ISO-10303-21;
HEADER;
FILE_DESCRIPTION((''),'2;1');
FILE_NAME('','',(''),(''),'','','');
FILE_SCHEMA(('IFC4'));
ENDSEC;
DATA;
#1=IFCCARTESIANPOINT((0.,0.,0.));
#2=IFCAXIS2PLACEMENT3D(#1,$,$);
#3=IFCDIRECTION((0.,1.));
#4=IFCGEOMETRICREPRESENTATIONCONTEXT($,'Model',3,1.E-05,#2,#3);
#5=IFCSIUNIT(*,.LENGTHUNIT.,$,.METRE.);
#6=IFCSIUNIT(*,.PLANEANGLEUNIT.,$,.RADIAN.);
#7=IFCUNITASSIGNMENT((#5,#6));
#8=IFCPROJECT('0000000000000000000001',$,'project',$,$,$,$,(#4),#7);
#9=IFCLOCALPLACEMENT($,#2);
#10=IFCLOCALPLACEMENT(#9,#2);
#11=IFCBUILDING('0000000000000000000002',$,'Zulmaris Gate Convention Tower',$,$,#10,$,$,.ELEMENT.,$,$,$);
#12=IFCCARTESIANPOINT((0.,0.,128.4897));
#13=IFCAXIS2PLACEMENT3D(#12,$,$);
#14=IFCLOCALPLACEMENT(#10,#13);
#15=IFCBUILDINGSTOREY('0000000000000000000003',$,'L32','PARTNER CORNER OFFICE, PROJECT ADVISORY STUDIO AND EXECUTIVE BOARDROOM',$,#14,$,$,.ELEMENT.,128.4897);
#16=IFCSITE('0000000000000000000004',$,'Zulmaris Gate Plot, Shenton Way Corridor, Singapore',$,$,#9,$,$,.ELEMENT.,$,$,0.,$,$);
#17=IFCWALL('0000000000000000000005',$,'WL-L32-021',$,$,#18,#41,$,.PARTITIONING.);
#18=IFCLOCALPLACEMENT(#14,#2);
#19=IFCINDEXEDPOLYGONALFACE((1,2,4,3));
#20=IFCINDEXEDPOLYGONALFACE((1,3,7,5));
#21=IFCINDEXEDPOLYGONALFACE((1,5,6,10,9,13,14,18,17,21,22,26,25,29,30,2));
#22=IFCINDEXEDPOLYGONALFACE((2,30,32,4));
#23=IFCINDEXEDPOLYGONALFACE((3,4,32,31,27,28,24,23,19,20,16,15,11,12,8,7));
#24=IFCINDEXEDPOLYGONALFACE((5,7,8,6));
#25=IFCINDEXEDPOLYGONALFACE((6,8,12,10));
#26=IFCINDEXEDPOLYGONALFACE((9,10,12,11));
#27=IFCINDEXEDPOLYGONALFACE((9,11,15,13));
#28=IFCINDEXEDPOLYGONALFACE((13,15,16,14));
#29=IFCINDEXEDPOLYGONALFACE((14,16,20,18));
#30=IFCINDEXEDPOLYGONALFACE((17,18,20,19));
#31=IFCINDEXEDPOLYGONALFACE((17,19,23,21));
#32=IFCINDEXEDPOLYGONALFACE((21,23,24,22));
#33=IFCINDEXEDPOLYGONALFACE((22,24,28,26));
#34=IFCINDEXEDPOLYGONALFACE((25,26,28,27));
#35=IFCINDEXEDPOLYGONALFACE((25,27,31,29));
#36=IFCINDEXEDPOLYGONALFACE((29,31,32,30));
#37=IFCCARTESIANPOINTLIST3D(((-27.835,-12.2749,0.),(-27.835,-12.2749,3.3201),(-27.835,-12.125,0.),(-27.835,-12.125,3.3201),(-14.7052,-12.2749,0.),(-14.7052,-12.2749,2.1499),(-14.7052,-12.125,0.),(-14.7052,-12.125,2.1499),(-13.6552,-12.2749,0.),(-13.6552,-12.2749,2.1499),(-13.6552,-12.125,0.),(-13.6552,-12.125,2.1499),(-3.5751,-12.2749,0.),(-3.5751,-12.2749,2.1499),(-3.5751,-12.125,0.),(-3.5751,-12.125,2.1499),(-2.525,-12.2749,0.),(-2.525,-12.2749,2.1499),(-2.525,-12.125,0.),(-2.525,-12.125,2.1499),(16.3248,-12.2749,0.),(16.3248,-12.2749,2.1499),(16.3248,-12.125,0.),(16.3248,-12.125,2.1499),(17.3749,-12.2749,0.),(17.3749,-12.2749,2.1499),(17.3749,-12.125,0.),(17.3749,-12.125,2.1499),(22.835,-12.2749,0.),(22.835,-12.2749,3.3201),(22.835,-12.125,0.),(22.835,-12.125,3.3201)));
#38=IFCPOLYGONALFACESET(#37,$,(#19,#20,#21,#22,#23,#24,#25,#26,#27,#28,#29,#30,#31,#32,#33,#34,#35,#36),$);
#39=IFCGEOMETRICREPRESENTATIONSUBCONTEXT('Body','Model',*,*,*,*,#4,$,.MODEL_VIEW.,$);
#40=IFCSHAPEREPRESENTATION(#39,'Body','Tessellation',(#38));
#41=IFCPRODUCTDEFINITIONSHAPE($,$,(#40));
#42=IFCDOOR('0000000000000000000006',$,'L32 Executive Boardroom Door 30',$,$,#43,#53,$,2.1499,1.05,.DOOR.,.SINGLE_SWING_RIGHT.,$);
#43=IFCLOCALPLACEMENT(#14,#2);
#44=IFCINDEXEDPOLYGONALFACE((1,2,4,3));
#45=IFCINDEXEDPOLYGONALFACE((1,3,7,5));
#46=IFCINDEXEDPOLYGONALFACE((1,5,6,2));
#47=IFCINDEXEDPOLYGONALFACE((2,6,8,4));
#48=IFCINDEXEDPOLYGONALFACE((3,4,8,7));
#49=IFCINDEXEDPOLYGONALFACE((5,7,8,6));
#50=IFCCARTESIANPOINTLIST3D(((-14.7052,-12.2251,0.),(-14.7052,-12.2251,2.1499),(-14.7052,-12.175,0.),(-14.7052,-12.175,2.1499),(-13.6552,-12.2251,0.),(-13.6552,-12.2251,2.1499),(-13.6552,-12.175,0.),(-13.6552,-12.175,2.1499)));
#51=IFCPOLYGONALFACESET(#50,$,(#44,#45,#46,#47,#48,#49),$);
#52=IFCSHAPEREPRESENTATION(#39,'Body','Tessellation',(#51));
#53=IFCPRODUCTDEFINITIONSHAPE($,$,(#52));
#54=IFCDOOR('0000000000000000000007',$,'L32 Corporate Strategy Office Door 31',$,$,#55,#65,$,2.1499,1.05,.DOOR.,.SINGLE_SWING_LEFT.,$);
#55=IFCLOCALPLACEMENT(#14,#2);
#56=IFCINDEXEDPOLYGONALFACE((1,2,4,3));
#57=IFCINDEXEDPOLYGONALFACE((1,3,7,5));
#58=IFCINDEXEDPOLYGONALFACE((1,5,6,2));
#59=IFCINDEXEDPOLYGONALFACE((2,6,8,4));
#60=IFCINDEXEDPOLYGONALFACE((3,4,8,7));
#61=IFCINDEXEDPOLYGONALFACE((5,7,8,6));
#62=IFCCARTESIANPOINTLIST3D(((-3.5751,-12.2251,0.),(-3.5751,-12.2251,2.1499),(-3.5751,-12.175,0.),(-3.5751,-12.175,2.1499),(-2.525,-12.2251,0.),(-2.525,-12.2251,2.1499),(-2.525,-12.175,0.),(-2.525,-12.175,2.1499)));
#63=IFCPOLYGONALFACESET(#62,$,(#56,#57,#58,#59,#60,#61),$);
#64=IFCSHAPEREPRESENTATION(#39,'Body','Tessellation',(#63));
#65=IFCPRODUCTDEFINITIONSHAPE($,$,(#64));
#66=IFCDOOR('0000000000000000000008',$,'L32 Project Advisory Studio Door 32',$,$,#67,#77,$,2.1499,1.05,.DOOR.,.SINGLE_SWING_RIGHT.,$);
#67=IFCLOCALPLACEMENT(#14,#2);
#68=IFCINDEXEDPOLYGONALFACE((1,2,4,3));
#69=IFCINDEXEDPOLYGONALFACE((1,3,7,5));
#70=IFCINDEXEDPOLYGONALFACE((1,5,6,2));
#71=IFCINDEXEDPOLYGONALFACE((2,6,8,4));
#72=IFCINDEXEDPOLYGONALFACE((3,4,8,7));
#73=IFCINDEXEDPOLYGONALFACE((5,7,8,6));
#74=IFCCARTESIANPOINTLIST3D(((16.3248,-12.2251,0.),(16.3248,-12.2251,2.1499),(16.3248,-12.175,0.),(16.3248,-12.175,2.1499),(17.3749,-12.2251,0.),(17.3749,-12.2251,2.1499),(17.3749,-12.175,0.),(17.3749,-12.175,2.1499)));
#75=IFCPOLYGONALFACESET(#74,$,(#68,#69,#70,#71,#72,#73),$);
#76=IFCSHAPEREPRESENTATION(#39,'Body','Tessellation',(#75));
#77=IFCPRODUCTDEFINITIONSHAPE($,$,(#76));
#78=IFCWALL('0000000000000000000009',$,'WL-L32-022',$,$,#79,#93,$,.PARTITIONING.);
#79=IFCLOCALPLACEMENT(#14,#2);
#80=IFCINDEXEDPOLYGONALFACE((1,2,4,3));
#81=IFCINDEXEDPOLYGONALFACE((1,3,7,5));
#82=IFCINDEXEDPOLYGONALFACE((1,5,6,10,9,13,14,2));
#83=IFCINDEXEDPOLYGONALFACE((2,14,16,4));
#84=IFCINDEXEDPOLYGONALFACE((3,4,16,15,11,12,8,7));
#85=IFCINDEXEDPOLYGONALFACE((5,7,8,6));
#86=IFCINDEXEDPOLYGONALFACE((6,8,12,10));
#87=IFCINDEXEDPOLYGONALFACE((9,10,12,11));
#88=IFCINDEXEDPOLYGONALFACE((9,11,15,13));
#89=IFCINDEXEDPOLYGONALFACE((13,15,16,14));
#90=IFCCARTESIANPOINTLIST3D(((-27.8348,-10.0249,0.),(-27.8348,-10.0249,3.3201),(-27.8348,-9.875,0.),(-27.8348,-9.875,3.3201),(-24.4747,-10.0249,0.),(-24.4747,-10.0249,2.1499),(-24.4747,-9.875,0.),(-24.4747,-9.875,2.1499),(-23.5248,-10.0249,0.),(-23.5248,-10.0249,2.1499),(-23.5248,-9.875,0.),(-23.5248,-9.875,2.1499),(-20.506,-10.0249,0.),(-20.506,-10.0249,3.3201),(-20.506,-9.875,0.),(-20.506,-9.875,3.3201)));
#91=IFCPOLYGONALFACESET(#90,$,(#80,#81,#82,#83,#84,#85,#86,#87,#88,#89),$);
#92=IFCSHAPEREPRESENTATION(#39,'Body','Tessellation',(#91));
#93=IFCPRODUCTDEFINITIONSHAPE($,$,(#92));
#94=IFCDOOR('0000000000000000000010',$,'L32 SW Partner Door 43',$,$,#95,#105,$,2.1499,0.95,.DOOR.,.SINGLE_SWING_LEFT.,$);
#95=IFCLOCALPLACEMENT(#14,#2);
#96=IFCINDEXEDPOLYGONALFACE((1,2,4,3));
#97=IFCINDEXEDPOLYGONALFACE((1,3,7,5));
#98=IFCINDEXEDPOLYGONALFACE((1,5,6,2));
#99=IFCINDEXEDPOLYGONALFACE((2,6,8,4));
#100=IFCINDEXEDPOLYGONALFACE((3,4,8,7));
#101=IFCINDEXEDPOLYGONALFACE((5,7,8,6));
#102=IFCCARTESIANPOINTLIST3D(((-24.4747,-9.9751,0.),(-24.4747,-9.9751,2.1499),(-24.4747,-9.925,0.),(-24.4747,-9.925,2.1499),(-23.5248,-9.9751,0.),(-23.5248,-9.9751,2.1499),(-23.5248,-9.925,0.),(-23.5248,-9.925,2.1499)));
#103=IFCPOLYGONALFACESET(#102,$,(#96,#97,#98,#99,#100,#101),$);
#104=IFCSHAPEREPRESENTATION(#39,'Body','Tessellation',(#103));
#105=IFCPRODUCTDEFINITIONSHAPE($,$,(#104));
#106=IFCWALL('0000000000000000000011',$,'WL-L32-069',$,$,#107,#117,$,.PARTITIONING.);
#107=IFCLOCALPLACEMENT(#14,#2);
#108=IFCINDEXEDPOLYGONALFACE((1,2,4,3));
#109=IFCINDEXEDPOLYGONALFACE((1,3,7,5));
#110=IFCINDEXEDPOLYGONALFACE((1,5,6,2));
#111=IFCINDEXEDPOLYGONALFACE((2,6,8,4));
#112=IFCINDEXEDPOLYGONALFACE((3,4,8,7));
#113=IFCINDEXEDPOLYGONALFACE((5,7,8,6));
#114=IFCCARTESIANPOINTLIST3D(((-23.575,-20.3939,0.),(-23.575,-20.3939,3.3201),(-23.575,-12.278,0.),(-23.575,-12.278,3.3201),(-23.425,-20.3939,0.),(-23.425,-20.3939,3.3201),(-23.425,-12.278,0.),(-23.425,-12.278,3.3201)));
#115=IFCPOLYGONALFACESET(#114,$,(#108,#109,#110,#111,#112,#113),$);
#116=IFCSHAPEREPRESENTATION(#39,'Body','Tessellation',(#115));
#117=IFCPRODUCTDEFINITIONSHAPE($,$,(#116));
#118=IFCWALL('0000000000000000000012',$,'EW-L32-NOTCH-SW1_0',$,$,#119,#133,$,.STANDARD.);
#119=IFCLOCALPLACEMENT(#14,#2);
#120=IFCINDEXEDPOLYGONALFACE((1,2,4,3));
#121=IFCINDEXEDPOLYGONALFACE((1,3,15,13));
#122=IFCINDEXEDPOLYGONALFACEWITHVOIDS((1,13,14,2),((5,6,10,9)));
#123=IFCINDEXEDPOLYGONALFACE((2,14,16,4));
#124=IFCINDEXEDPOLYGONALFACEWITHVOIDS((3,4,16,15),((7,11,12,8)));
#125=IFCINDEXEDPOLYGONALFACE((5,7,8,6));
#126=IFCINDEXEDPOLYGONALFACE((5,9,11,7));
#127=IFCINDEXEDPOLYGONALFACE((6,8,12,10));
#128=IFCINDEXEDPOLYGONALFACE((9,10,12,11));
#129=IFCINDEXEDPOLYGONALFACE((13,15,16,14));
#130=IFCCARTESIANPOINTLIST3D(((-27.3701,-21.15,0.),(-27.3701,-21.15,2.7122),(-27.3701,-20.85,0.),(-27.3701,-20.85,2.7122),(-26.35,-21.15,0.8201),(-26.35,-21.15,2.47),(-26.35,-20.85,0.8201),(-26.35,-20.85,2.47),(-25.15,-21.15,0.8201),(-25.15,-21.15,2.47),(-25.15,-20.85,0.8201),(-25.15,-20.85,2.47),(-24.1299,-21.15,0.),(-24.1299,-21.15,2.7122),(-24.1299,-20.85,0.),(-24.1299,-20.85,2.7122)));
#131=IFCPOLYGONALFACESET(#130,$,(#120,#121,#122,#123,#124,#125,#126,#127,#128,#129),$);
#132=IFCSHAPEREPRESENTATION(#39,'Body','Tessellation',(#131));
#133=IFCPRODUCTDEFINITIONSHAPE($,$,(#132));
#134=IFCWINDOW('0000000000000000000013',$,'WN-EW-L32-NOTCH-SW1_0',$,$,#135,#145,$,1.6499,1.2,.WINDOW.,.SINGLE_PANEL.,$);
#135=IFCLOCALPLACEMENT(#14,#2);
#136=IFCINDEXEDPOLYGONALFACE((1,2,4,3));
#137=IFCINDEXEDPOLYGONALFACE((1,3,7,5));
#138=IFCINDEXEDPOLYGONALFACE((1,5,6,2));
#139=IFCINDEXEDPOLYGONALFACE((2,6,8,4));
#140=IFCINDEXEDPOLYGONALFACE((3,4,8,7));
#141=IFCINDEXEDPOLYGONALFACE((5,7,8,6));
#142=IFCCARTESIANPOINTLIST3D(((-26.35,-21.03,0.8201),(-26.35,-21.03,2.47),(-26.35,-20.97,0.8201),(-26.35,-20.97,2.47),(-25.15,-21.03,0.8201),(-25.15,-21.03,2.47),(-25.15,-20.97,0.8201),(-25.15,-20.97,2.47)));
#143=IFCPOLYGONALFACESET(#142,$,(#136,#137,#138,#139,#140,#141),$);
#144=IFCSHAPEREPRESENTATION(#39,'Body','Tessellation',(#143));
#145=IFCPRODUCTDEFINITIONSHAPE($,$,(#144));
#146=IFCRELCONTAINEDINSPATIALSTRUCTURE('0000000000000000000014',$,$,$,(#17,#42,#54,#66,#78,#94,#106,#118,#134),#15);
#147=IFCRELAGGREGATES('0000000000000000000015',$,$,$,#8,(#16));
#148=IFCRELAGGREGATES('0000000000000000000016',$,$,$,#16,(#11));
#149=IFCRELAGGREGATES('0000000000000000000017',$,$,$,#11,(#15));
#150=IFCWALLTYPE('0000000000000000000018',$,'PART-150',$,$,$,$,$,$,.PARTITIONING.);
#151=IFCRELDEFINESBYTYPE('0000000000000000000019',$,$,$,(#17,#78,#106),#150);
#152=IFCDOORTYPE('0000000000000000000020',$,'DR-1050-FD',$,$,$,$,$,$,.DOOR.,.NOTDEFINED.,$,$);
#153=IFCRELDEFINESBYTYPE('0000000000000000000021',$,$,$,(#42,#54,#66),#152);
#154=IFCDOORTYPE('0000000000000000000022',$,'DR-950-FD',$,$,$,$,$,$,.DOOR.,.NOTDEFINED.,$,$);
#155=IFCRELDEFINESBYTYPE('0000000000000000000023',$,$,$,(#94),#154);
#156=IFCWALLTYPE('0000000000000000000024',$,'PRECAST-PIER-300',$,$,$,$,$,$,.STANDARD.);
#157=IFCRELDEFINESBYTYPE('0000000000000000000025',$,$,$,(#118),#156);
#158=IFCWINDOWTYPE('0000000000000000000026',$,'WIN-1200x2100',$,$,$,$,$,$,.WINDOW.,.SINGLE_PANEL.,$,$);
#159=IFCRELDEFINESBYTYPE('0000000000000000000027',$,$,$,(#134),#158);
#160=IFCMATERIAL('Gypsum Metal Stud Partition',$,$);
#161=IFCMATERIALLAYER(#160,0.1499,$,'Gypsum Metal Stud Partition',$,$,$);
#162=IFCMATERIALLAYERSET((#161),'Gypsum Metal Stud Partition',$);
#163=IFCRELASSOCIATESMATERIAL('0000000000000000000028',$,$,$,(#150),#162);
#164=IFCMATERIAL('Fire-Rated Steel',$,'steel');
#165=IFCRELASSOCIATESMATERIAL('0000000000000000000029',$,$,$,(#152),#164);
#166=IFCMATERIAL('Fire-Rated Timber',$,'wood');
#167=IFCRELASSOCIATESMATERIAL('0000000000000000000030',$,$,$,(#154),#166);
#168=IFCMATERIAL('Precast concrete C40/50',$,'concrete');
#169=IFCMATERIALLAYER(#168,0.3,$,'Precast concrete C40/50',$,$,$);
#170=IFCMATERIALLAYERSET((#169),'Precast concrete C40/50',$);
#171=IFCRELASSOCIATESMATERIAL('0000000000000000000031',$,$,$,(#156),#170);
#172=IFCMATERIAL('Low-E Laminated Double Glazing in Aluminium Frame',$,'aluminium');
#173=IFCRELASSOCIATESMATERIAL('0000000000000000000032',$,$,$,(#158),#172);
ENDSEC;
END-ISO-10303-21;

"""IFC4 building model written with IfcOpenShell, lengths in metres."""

from ifc_helpers import new_model, si_unit, direction, frame, frame_2d, origin, place, context, subcontext, project, spatial, rectangle, extrude, material, layer, layer_set, type_object, element, fill, save


model = new_model("IFC4")

# Units and contexts
model_context = context("Model", 3, precision=1e-05, world=origin(), true_north=direction((0.0, 1.0)))
body_context = subcontext(model_context, "Body", "Model", "MODEL_VIEW")
ifc_project = project(units=[si_unit("LENGTHUNIT", "METRE"), si_unit("PLANEANGLEUNIT", "RADIAN")], contexts=[model_context])

# Site, building, storey
site_placement = place(None, origin())
site = spatial("IfcSite", under=ifc_project, at=site_placement, Name="Zulmaris Gate Plot, Shenton Way Corridor, Singapore", CompositionType="ELEMENT", RefElevation=0.0)
building_placement = place(site_placement, origin())
building = spatial("IfcBuilding", under=site, at=building_placement, Name="Zulmaris Gate Convention Tower", CompositionType="ELEMENT")
storey_placement = place(building_placement, frame((0.0, 0.0, 128.4897)))
storey = spatial("IfcBuildingStorey", under=building, at=storey_placement, Name="L32", Description="PARTNER CORNER OFFICE, PROJECT ADVISORY STUDIO AND EXECUTIVE BOARDROOM", CompositionType="ELEMENT", Elevation=128.4897)

# Wall, openings, doors
ifc_material_1 = material(Name="Gypsum Metal Stud Partition")
ifc_layer_1 = layer(ifc_material_1, 0.1499, Name="Gypsum Metal Stud Partition")
ifc_layer_set_1 = layer_set([ifc_layer_1], Name="Gypsum Metal Stud Partition")
wall_type_1 = type_object("IfcWallType", Name="PART-150", PredefinedType="PARTITIONING", material=ifc_layer_set_1)
wall_1_placement = place(storey_placement, frame((-27.835, -12.2, 0.0), z_axis=(0.0, 0.0, 1.0), x_axis=(1.0, 0.0, 0.0)))
wall_1 = element("IfcWall", 1, at=wall_1_placement, inside=storey, type_object=wall_type_1, Name="WL-L32-021", PredefinedType="PARTITIONING", context=body_context, shape_type="SweptSolid", body=[
    extrude(rectangle(XDim=50.6699, YDim=0.1499, at=frame_2d((25.335, 0.0))), origin(), (0.0, 0.0, 1.0), 3.3201),
])
opening_1_placement = place(wall_1_placement, frame((13.1299, 0.0, 0.0)))
opening_1 = element("IfcOpeningElement", 2, at=opening_1_placement, cuts=wall_1, PredefinedType="OPENING", context=body_context, shape_type="SweptSolid", body=[
    extrude(rectangle(XDim=1.05, YDim=2.1499, at=frame_2d((0.5249, 1.075))), frame((0.0, 0.085, 0.0), z_axis=(0.0, -1.0, 0.0), x_axis=(1.0, 0.0, 0.0)), (0.0, 0.0, 1.0), 0.1699),
])
opening_2_placement = place(wall_1_placement, frame((24.26, 0.0, 0.0)))
opening_2 = element("IfcOpeningElement", 3, at=opening_2_placement, cuts=wall_1, PredefinedType="OPENING", context=body_context, shape_type="SweptSolid", body=[
    extrude(rectangle(XDim=1.05, YDim=2.1499, at=frame_2d((0.5249, 1.075))), frame((0.0, 0.085, 0.0), z_axis=(0.0, -1.0, 0.0), x_axis=(1.0, 0.0, 0.0)), (0.0, 0.0, 1.0), 0.1699),
])
opening_3_placement = place(wall_1_placement, frame((44.1599, 0.0, 0.0)))
opening_3 = element("IfcOpeningElement", 4, at=opening_3_placement, cuts=wall_1, PredefinedType="OPENING", context=body_context, shape_type="SweptSolid", body=[
    extrude(rectangle(XDim=1.05, YDim=2.1499, at=frame_2d((0.5249, 1.075))), frame((0.0, 0.085, 0.0), z_axis=(0.0, -1.0, 0.0), x_axis=(1.0, 0.0, 0.0)), (0.0, 0.0, 1.0), 0.1699),
])
ifc_material_2 = material(Name="Fire-Rated Steel", Category="steel")
door_type_1 = type_object("IfcDoorType", Name="DR-1050-FD", OperationType="NOTDEFINED", PredefinedType="DOOR", material=ifc_material_2)
door_1_placement = place(opening_1_placement, origin())
door_1 = element("IfcDoor", 5, at=door_1_placement, inside=storey, type_object=door_type_1, Name="L32 Executive Boardroom Door 30", OperationType="SINGLE_SWING_RIGHT", OverallHeight=2.1499, OverallWidth=1.05, PredefinedType="DOOR", context=body_context, shape_type="SweptSolid", body=[
    extrude(rectangle(XDim=1.05, YDim=2.1499, at=frame_2d((0.5249, 1.075))), frame((0.0, 0.0249, 0.0), z_axis=(0.0, -1.0, 0.0), x_axis=(1.0, 0.0, 0.0)), (0.0, 0.0, 1.0), 0.05),
])
fill(opening_1, door_1)
door_2_placement = place(opening_2_placement, origin())
door_2 = element("IfcDoor", 6, at=door_2_placement, inside=storey, type_object=door_type_1, Name="L32 Corporate Strategy Office Door 31", OperationType="SINGLE_SWING_LEFT", OverallHeight=2.1499, OverallWidth=1.05, PredefinedType="DOOR", context=body_context, shape_type="SweptSolid", body=[
    extrude(rectangle(XDim=1.05, YDim=2.1499, at=frame_2d((0.5249, 1.075))), frame((0.0, 0.0249, 0.0), z_axis=(0.0, -1.0, 0.0), x_axis=(1.0, 0.0, 0.0)), (0.0, 0.0, 1.0), 0.05),
])
fill(opening_2, door_2)
door_3_placement = place(opening_3_placement, origin())
door_3 = element("IfcDoor", 7, at=door_3_placement, inside=storey, type_object=door_type_1, Name="L32 Project Advisory Studio Door 32", OperationType="SINGLE_SWING_RIGHT", OverallHeight=2.1499, OverallWidth=1.05, PredefinedType="DOOR", context=body_context, shape_type="SweptSolid", body=[
    extrude(rectangle(XDim=1.05, YDim=2.1499, at=frame_2d((0.5249, 1.075))), frame((0.0, 0.0249, 0.0), z_axis=(0.0, -1.0, 0.0), x_axis=(1.0, 0.0, 0.0)), (0.0, 0.0, 1.0), 0.05),
])
fill(opening_3, door_3)

# Wall, opening, door
wall_2_placement = place(storey_placement, frame((-27.835, -9.95, 0.0), z_axis=(0.0, 0.0, 1.0), x_axis=(1.0, 0.0, 0.0)))
wall_2 = element("IfcWall", 8, at=wall_2_placement, inside=storey, type_object=wall_type_1, Name="WL-L32-022", PredefinedType="PARTITIONING", context=body_context, shape_type="SweptSolid", body=[
    extrude(rectangle(XDim=7.3289, YDim=0.1499, at=frame_2d((3.6646, 0.0))), origin(), (0.0, 0.0, 1.0), 3.3201),
])
opening_4_placement = place(wall_2_placement, frame((3.3601, 0.0, 0.0)))
opening_4 = element("IfcOpeningElement", 9, at=opening_4_placement, cuts=wall_2, PredefinedType="OPENING", context=body_context, shape_type="SweptSolid", body=[
    extrude(rectangle(XDim=0.95, YDim=2.1499, at=frame_2d((0.4751, 1.075))), frame((0.0, 0.085, 0.0), z_axis=(0.0, -1.0, 0.0), x_axis=(1.0, 0.0, 0.0)), (0.0, 0.0, 1.0), 0.1699),
])
ifc_material_3 = material(Name="Fire-Rated Timber", Category="wood")
door_type_2 = type_object("IfcDoorType", Name="DR-950-FD", OperationType="NOTDEFINED", PredefinedType="DOOR", material=ifc_material_3)
door_4_placement = place(opening_4_placement, origin())
door_4 = element("IfcDoor", 10, at=door_4_placement, inside=storey, type_object=door_type_2, Name="L32 SW Partner Door 43", OperationType="SINGLE_SWING_LEFT", OverallHeight=2.1499, OverallWidth=0.95, PredefinedType="DOOR", context=body_context, shape_type="SweptSolid", body=[
    extrude(rectangle(XDim=0.95, YDim=2.1499, at=frame_2d((0.4751, 1.075))), frame((0.0, 0.0249, 0.0), z_axis=(0.0, -1.0, 0.0), x_axis=(1.0, 0.0, 0.0)), (0.0, 0.0, 1.0), 0.05),
])
fill(opening_4, door_4)

# Wall
wall_3_placement = place(storey_placement, frame((-23.5, -20.394, 0.0), z_axis=(0.0, 0.0, 1.0), x_axis=(0.0, 1.0, 0.0)))
element("IfcWall", 11, at=wall_3_placement, inside=storey, type_object=wall_type_1, Name="WL-L32-069", PredefinedType="PARTITIONING", context=body_context, shape_type="SweptSolid", body=[
    extrude(rectangle(XDim=8.116, YDim=0.1499, at=frame_2d((4.0581, 0.0))), origin(), (0.0, 0.0, 1.0), 3.3201),
])

# Wall, opening, window
ifc_material_4 = material(Name="Precast concrete C40/50", Category="concrete")
ifc_layer_2 = layer(ifc_material_4, 0.3, Name="Precast concrete C40/50")
ifc_layer_set_2 = layer_set([ifc_layer_2], Name="Precast concrete C40/50")
wall_type_2 = type_object("IfcWallType", Name="PRECAST-PIER-300", PredefinedType="STANDARD", material=ifc_layer_set_2)
wall_4_placement = place(storey_placement, frame((-27.3701, -21.0, 0.0), z_axis=(0.0, 0.0, 1.0), x_axis=(1.0, 0.0, 0.0)))
wall_4 = element("IfcWall", 12, at=wall_4_placement, inside=storey, type_object=wall_type_2, Name="EW-L32-NOTCH-SW1_0", PredefinedType="STANDARD", context=body_context, shape_type="SweptSolid", body=[
    extrude(rectangle(XDim=3.2402, YDim=0.3, at=frame_2d((1.6201, 0.0))), origin(), (0.0, 0.0, 1.0), 2.7122),
])
opening_5_placement = place(wall_4_placement, frame((1.02, 0.0, 0.8201)))
opening_5 = element("IfcOpeningElement", 13, at=opening_5_placement, cuts=wall_4, PredefinedType="OPENING", context=body_context, shape_type="SweptSolid", body=[
    extrude(rectangle(XDim=1.2, YDim=1.6499, at=frame_2d((0.6001, 0.825))), frame((0.0, 0.1602, 0.0), z_axis=(0.0, -1.0, 0.0), x_axis=(1.0, 0.0, 0.0)), (0.0, 0.0, 1.0), 0.3201),
])
ifc_material_5 = material(Name="Low-E Laminated Double Glazing in Aluminium Frame", Category="aluminium")
window_type = type_object("IfcWindowType", Name="WIN-1200x2100", PartitioningType="SINGLE_PANEL", PredefinedType="WINDOW", material=ifc_material_5)
window_1_placement = place(opening_5_placement, origin())
window_1 = element("IfcWindow", 14, at=window_1_placement, inside=storey, type_object=window_type, Name="WN-EW-L32-NOTCH-SW1_0", OverallHeight=1.6499, OverallWidth=1.2, PartitioningType="SINGLE_PANEL", PredefinedType="WINDOW", context=body_context, shape_type="SweptSolid", body=[
    extrude(rectangle(XDim=1.2, YDim=1.6499, at=frame_2d((0.6001, 0.825))), frame((0.0, 0.03, 0.0), z_axis=(0.0, -1.0, 0.0), x_axis=(1.0, 0.0, 0.0)), (0.0, 0.0, 1.0), 0.0601),
])
fill(opening_5, window_1)

save(model, "model.ifc")
